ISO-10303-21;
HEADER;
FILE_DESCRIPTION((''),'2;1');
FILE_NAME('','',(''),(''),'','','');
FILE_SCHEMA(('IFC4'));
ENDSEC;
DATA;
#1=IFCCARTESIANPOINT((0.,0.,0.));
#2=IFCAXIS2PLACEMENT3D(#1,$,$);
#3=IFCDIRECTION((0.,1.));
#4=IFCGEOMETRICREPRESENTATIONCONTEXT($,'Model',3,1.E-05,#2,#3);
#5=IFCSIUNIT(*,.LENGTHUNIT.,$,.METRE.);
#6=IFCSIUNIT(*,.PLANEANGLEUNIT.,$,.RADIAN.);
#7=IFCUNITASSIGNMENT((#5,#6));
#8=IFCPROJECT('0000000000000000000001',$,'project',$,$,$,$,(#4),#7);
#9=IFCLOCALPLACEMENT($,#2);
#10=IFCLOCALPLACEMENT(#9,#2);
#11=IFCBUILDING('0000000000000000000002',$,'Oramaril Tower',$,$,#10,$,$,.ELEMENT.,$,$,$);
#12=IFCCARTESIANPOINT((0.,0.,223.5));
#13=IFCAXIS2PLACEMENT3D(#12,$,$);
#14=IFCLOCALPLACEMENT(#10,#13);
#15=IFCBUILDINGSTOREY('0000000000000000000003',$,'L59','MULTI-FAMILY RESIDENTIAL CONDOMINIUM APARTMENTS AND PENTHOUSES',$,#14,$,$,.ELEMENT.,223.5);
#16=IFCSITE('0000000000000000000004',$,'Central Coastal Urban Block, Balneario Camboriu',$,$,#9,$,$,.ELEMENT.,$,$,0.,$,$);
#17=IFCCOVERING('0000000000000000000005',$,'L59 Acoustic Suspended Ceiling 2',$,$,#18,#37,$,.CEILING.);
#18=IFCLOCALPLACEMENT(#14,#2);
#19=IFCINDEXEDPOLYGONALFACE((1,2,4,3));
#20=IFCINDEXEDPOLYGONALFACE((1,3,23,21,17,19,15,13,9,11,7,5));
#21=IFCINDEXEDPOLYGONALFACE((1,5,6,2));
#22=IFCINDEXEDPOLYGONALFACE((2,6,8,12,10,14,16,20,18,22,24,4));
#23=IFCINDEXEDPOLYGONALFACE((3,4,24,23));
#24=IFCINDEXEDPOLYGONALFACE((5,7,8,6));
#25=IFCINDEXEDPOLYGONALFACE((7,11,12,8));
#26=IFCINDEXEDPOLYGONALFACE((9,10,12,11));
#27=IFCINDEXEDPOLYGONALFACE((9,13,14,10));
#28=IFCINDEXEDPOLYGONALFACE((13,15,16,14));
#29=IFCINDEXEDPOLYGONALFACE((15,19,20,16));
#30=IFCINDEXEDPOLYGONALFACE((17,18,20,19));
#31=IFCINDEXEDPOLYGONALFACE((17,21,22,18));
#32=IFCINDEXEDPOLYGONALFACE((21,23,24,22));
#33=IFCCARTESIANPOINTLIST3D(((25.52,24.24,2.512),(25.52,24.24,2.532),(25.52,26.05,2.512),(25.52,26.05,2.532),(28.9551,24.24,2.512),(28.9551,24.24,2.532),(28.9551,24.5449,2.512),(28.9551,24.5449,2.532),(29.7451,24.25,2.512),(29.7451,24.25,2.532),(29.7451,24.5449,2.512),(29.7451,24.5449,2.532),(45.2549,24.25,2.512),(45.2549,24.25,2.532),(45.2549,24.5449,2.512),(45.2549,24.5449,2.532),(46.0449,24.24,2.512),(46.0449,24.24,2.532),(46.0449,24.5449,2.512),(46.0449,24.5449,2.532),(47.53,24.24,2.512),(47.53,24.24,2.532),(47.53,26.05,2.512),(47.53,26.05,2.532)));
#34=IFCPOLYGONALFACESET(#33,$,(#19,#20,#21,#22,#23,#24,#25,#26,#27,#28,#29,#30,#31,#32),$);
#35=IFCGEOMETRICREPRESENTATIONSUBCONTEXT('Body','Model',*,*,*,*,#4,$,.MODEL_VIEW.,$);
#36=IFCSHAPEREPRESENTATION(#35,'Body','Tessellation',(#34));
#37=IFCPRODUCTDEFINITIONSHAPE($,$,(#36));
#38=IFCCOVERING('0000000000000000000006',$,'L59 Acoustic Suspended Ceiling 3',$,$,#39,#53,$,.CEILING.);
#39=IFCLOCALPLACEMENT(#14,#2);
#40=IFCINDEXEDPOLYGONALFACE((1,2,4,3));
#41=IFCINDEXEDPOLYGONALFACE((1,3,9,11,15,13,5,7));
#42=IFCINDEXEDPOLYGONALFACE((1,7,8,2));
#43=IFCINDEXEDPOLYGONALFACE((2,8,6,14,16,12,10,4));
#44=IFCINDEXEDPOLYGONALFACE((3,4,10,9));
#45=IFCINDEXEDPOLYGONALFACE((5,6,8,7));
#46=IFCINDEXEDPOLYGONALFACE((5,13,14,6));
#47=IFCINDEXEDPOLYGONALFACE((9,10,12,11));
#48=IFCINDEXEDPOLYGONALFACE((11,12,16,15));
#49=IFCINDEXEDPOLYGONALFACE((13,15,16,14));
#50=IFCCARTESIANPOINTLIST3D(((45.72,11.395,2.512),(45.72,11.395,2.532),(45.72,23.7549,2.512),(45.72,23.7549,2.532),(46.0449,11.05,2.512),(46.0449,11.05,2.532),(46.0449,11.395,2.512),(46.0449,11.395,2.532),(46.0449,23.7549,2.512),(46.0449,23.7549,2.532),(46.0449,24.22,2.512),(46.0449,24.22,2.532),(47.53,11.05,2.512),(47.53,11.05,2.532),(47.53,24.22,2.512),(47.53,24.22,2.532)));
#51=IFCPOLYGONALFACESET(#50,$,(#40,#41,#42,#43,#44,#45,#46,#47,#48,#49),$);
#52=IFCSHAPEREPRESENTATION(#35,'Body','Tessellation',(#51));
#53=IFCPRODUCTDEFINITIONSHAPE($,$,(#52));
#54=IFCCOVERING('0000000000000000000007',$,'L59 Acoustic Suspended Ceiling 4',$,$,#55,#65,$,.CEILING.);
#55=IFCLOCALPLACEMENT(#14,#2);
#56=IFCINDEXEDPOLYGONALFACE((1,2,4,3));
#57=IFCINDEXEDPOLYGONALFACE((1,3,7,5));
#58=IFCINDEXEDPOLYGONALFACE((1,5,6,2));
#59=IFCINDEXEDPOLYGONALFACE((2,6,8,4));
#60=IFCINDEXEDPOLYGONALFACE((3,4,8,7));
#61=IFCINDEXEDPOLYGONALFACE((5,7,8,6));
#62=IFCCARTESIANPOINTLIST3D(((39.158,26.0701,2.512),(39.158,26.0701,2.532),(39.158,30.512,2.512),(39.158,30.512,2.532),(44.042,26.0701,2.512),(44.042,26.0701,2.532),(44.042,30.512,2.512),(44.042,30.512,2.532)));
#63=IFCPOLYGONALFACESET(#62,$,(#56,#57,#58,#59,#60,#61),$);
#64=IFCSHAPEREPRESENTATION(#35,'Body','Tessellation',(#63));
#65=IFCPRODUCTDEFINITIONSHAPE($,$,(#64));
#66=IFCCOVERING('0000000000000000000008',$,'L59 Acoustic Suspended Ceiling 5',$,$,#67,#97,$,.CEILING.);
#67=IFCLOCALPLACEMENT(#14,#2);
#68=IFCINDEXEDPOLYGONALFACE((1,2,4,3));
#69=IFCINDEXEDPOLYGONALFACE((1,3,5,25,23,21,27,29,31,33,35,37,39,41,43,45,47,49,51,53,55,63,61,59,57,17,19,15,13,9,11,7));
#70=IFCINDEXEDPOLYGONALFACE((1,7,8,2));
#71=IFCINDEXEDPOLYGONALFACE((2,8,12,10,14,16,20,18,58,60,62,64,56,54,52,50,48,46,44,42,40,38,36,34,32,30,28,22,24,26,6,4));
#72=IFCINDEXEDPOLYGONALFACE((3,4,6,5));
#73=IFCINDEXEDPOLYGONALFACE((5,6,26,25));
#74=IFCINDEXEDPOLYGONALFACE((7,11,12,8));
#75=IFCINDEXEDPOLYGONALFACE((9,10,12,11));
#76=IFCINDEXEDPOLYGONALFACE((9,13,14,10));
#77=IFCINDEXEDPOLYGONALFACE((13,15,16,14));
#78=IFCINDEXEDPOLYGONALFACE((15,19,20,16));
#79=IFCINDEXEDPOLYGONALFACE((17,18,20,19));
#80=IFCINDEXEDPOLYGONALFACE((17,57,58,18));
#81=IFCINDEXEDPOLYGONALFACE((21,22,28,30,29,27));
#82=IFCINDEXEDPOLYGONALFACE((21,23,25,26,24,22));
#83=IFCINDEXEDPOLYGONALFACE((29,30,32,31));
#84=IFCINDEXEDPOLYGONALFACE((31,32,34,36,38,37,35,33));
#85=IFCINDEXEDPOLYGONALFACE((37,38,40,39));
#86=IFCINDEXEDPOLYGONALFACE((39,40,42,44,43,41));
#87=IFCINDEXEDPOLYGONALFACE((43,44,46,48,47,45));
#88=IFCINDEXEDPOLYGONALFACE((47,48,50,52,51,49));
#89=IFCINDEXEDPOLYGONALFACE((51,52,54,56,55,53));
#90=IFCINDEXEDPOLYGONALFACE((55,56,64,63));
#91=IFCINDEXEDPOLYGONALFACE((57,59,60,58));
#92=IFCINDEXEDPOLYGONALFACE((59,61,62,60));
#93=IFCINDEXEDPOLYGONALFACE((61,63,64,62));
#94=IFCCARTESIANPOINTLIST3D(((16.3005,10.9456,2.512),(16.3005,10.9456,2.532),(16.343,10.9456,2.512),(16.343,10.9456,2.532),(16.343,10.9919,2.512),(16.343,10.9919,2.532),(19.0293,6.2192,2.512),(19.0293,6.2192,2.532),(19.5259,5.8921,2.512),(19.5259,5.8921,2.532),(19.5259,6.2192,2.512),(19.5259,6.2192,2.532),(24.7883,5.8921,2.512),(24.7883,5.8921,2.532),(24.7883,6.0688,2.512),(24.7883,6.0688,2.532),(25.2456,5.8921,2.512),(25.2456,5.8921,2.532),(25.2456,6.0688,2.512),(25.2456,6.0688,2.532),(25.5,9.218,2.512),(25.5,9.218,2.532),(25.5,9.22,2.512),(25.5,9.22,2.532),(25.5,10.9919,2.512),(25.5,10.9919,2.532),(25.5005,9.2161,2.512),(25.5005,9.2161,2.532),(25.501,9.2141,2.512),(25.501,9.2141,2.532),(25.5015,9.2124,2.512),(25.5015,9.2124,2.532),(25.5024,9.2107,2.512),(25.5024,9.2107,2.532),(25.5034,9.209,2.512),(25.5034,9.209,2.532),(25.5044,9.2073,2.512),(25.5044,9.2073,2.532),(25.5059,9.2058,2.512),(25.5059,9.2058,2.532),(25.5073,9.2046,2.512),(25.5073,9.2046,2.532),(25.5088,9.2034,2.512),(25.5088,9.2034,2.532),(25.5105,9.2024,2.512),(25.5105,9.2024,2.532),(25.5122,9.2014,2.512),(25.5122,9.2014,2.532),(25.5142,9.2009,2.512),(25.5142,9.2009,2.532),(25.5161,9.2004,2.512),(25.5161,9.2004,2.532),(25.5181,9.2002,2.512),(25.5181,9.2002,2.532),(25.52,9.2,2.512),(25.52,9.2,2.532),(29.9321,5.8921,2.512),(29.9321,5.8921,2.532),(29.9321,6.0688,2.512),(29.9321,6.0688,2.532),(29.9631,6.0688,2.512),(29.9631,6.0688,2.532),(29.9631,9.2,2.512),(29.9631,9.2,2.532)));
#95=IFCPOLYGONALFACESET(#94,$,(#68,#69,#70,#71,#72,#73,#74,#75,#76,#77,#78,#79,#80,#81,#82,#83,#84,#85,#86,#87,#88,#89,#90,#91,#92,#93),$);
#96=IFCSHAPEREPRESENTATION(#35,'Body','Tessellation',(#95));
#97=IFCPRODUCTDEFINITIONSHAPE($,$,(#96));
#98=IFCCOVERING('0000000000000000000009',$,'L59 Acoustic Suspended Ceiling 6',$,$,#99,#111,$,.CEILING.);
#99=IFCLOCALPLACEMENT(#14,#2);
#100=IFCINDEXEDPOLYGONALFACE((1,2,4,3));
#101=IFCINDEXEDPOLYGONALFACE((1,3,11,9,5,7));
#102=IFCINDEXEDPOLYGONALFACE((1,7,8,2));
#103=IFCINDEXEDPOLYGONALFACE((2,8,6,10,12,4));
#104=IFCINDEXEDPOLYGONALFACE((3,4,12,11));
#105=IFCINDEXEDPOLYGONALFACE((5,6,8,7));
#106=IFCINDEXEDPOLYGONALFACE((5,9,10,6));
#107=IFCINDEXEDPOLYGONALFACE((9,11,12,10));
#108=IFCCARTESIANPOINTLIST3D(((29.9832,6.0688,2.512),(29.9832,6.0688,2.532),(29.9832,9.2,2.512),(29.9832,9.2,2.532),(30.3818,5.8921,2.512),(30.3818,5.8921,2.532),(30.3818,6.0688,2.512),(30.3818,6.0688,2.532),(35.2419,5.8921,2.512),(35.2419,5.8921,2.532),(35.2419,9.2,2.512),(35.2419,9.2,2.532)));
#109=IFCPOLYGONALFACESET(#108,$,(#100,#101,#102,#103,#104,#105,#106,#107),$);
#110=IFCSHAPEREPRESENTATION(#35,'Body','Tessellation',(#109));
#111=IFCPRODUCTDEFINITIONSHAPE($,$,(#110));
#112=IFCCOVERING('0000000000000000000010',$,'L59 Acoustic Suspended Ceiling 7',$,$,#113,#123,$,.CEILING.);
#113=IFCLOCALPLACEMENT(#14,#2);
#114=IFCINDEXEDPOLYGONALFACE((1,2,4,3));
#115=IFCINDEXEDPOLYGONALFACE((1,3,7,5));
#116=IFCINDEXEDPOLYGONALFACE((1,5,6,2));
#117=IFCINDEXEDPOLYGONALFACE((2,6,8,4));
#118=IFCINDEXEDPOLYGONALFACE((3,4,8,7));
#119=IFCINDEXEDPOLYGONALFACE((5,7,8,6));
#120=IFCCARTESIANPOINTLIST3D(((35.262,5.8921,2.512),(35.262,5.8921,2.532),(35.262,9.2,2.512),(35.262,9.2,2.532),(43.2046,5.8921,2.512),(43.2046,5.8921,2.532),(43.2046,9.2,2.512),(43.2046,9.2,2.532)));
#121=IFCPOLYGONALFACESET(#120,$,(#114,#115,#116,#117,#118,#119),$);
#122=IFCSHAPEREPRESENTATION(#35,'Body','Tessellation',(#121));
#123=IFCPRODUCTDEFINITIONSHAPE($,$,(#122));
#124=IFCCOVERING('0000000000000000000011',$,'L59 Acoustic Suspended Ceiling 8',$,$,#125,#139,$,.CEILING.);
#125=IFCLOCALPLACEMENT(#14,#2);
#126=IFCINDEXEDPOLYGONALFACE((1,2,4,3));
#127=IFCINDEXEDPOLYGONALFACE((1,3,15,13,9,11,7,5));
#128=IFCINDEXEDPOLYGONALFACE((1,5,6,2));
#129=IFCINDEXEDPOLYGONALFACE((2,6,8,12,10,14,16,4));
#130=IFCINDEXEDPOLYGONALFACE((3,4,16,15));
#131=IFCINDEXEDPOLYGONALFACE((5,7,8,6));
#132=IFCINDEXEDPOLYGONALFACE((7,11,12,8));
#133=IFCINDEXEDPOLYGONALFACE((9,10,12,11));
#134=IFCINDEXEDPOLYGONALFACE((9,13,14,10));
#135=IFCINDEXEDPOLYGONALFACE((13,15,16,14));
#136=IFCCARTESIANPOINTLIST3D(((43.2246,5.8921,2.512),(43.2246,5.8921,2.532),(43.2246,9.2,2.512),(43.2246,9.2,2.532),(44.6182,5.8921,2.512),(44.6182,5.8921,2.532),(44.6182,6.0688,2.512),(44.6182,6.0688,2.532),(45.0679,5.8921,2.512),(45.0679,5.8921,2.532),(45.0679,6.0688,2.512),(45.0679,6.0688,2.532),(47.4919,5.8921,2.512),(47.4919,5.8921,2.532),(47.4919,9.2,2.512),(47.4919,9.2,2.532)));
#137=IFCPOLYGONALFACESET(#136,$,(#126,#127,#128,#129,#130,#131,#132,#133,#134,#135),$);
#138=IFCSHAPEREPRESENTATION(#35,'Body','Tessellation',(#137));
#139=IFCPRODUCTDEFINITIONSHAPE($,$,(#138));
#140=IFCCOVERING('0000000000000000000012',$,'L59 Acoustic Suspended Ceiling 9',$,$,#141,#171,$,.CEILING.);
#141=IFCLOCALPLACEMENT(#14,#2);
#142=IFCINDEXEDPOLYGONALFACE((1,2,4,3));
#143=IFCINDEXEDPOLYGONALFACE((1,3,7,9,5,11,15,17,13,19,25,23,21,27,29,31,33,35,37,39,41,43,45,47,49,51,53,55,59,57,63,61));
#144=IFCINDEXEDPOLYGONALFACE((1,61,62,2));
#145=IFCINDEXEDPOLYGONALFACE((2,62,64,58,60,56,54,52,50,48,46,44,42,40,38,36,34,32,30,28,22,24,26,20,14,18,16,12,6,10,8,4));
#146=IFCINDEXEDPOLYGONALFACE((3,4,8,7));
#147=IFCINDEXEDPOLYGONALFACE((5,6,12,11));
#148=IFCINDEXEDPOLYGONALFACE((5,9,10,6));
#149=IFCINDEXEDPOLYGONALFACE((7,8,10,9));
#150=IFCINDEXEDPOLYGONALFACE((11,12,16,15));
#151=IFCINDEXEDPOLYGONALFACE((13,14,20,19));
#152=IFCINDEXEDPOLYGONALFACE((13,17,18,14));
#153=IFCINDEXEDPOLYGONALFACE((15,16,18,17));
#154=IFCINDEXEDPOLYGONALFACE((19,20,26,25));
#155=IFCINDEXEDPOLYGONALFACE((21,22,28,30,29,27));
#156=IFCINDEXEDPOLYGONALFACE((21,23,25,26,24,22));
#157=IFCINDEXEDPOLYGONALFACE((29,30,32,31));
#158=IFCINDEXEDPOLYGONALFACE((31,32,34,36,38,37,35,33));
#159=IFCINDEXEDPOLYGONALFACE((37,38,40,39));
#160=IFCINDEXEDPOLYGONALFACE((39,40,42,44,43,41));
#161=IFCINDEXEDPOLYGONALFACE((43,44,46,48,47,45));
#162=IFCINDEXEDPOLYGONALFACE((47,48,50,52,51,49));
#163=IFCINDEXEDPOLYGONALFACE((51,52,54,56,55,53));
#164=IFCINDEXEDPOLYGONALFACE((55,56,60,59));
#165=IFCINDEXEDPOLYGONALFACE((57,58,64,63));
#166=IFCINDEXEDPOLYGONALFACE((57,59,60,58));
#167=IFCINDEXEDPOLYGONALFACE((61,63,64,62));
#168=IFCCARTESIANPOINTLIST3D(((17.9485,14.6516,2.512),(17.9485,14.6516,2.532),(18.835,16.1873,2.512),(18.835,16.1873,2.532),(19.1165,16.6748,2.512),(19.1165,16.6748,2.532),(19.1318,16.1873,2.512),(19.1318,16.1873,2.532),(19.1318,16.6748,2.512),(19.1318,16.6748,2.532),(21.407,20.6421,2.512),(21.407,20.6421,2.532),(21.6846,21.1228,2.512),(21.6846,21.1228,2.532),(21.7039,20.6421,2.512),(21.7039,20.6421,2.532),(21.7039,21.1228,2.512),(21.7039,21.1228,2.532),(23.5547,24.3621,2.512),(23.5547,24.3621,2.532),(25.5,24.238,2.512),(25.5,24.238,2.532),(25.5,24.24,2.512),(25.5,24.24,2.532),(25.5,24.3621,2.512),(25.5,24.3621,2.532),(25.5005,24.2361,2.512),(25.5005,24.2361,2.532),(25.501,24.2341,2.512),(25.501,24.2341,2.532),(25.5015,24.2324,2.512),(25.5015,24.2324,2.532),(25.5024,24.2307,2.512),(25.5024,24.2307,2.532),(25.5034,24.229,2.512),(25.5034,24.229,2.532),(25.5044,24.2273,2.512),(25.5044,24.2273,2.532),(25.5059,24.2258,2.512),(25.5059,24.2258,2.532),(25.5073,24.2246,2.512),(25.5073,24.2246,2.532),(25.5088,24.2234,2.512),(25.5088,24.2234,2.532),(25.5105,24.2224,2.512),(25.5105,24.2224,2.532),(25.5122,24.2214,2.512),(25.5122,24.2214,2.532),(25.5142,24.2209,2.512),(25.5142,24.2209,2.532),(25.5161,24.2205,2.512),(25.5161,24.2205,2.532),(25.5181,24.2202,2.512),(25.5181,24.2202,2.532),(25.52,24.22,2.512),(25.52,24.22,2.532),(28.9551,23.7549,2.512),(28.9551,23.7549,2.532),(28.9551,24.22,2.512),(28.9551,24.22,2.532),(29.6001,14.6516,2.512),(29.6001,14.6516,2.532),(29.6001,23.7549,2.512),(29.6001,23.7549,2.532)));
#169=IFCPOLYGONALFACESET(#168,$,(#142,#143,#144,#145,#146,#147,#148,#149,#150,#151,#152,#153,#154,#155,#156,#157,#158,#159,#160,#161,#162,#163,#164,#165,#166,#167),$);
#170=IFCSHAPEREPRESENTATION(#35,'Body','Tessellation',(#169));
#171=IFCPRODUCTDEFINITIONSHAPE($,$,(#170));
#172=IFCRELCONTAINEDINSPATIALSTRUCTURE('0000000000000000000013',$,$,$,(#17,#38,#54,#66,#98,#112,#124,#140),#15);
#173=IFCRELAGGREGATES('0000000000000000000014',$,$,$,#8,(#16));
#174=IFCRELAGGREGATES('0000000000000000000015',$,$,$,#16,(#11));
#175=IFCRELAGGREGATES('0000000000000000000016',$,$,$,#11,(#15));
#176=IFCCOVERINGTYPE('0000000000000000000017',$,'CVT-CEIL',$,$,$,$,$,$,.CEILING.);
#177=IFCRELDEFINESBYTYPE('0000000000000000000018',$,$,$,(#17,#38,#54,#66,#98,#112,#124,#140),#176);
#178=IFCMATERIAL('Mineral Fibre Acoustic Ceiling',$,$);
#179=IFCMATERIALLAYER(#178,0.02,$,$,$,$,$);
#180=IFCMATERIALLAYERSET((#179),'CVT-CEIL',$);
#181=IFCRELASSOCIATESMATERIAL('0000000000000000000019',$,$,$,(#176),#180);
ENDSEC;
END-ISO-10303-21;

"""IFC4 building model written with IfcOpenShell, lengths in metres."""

from ifc_helpers import new_model, si_unit, direction, frame, origin, place, context, subcontext, project, spatial, polyline, outline, extrude, material, layer, layer_set, type_object, element, save


model = new_model("IFC4")

# Units and contexts
model_context = context("Model", 3, precision=1e-05, world=origin(), true_north=direction((0.0, 1.0)))
body_context = subcontext(model_context, "Body", "Model", "MODEL_VIEW")
ifc_project = project(units=[si_unit("LENGTHUNIT", "METRE"), si_unit("PLANEANGLEUNIT", "RADIAN")], contexts=[model_context])

# Site, building, storey
site_placement = place(None, origin())
site = spatial("IfcSite", under=ifc_project, at=site_placement, Name="Central Coastal Urban Block, Balneario Camboriu", CompositionType="ELEMENT", RefElevation=0.0)
building_placement = place(site_placement, origin())
building = spatial("IfcBuilding", under=site, at=building_placement, Name="Oramaril Tower", CompositionType="ELEMENT")
storey_placement = place(building_placement, frame((0.0, 0.0, 223.5)))
storey = spatial("IfcBuildingStorey", under=building, at=storey_placement, Name="L59", Description="MULTI-FAMILY RESIDENTIAL CONDOMINIUM APARTMENTS AND PENTHOUSES", CompositionType="ELEMENT", Elevation=223.5)

# Coverings
ifc_material_1 = material(Name="Mineral Fibre Acoustic Ceiling")
ifc_layer_1 = layer(ifc_material_1, 0.02)
ifc_layer_set_1 = layer_set([ifc_layer_1], Name="CVT-CEIL")
covering_type_1 = type_object("IfcCoveringType", Name="CVT-CEIL", PredefinedType="CEILING", material=ifc_layer_set_1)
covering_1_placement = place(storey_placement, frame((0.0, 0.0, 2.512)))
element("IfcCovering", 1, at=covering_1_placement, inside=storey, type_object=covering_type_1, Name="L59 Acoustic Suspended Ceiling 2", PredefinedType="CEILING", context=body_context, shape_type="SweptSolid", body=[
    extrude(outline(polyline([(47.53, 24.24), (46.0449, 24.24), (46.0449, 24.5449), (45.2549, 24.5449), (45.2549, 24.25), (29.7451, 24.25), (29.7451, 24.5449), (28.9551, 24.5449), (28.9551, 24.24), (25.52, 24.24), (25.52, 26.05), (47.53, 26.05), (47.53, 24.24)])), origin(), (0.0, 0.0, 1.0), 0.02),
])
covering_2_placement = place(storey_placement, frame((0.0, 0.0, 2.512)))
element("IfcCovering", 2, at=covering_2_placement, inside=storey, type_object=covering_type_1, Name="L59 Acoustic Suspended Ceiling 3", PredefinedType="CEILING", context=body_context, shape_type="SweptSolid", body=[
    extrude(outline(polyline([(47.53, 11.05), (46.0449, 11.05), (46.0449, 11.395), (45.72, 11.395), (45.72, 23.7549), (46.0449, 23.7549), (46.0449, 24.22), (47.53, 24.22), (47.53, 11.05)])), origin(), (0.0, 0.0, 1.0), 0.02),
])
covering_3_placement = place(storey_placement, frame((0.0, 0.0, 2.512)))
element("IfcCovering", 3, at=covering_3_placement, inside=storey, type_object=covering_type_1, Name="L59 Acoustic Suspended Ceiling 4", PredefinedType="CEILING", context=body_context, shape_type="SweptSolid", body=[
    extrude(outline(polyline([(44.042, 30.512), (44.042, 26.0701), (39.158, 26.0701), (39.158, 30.512), (44.042, 30.512)])), origin(), (0.0, 0.0, 1.0), 0.02),
])
covering_4_placement = place(storey_placement, frame((0.0, 0.0, 2.512)))
element("IfcCovering", 4, at=covering_4_placement, inside=storey, type_object=covering_type_1, Name="L59 Acoustic Suspended Ceiling 5", PredefinedType="CEILING", context=body_context, shape_type="SweptSolid", body=[
    extrude(outline(polyline([(29.9631, 6.0688), (29.9321, 6.0688), (29.9321, 5.8921), (25.2456, 5.8921), (25.2456, 6.0688), (24.7883, 6.0688), (24.7883, 5.8921), (19.5259, 5.8921), (19.5259, 6.2192), (19.0293, 6.2192), (16.3005, 10.9456), (16.343, 10.9456), (16.343, 10.9919), (25.5, 10.9919), (25.5, 9.22), (25.5, 9.218), (25.5005, 9.2161), (25.501, 9.2141), (25.5015, 9.2124), (25.5024, 9.2107), (25.5034, 9.209), (25.5044, 9.2073), (25.5059, 9.2058), (25.5073, 9.2046), (25.5088, 9.2034), (25.5105, 9.2024), (25.5122, 9.2014), (25.5142, 9.2009), (25.5161, 9.2004), (25.5181, 9.2002), (25.52, 9.2), (29.9631, 9.2), (29.9631, 6.0688)])), origin(), (0.0, 0.0, 1.0), 0.02),
])
covering_5_placement = place(storey_placement, frame((0.0, 0.0, 2.512)))
element("IfcCovering", 5, at=covering_5_placement, inside=storey, type_object=covering_type_1, Name="L59 Acoustic Suspended Ceiling 6", PredefinedType="CEILING", context=body_context, shape_type="SweptSolid", body=[
    extrude(outline(polyline([(30.3818, 5.8921), (30.3818, 6.0688), (29.9832, 6.0688), (29.9832, 9.2), (35.2419, 9.2), (35.2419, 5.8921), (30.3818, 5.8921)])), origin(), (0.0, 0.0, 1.0), 0.02),
])
covering_6_placement = place(storey_placement, frame((0.0, 0.0, 2.512)))
element("IfcCovering", 6, at=covering_6_placement, inside=storey, type_object=covering_type_1, Name="L59 Acoustic Suspended Ceiling 7", PredefinedType="CEILING", context=body_context, shape_type="SweptSolid", body=[
    extrude(outline(polyline([(35.262, 5.8921), (35.262, 9.2), (43.2046, 9.2), (43.2046, 5.8921), (35.262, 5.8921)])), origin(), (0.0, 0.0, 1.0), 0.02),
])
covering_7_placement = place(storey_placement, frame((0.0, 0.0, 2.512)))
element("IfcCovering", 7, at=covering_7_placement, inside=storey, type_object=covering_type_1, Name="L59 Acoustic Suspended Ceiling 8", PredefinedType="CEILING", context=body_context, shape_type="SweptSolid", body=[
    extrude(outline(polyline([(45.0679, 6.0688), (44.6182, 6.0688), (44.6182, 5.8921), (43.2246, 5.8921), (43.2246, 9.2), (47.4919, 9.2), (47.4919, 5.8921), (45.0679, 5.8921), (45.0679, 6.0688)])), origin(), (0.0, 0.0, 1.0), 0.02),
])
covering_8_placement = place(storey_placement, frame((0.0, 0.0, 2.512)))
element("IfcCovering", 8, at=covering_8_placement, inside=storey, type_object=covering_type_1, Name="L59 Acoustic Suspended Ceiling 9", PredefinedType="CEILING", context=body_context, shape_type="SweptSolid", body=[
    extrude(outline(polyline([(28.9551, 23.7549), (29.6001, 23.7549), (29.6001, 14.6516), (17.9485, 14.6516), (18.835, 16.1873), (19.1318, 16.1873), (19.1318, 16.6748), (19.1165, 16.6748), (21.407, 20.6421), (21.7039, 20.6421), (21.7039, 21.1228), (21.6846, 21.1228), (23.5547, 24.3621), (25.5, 24.3621), (25.5, 24.24), (25.5, 24.238), (25.5005, 24.2361), (25.501, 24.2341), (25.5015, 24.2324), (25.5024, 24.2307), (25.5034, 24.229), (25.5044, 24.2273), (25.5059, 24.2258), (25.5073, 24.2246), (25.5088, 24.2234), (25.5105, 24.2224), (25.5122, 24.2214), (25.5142, 24.2209), (25.5161, 24.2205), (25.5181, 24.2202), (25.52, 24.22), (28.9551, 24.22), (28.9551, 23.7549)])), origin(), (0.0, 0.0, 1.0), 0.02),
])

save(model, "model.ifc")
